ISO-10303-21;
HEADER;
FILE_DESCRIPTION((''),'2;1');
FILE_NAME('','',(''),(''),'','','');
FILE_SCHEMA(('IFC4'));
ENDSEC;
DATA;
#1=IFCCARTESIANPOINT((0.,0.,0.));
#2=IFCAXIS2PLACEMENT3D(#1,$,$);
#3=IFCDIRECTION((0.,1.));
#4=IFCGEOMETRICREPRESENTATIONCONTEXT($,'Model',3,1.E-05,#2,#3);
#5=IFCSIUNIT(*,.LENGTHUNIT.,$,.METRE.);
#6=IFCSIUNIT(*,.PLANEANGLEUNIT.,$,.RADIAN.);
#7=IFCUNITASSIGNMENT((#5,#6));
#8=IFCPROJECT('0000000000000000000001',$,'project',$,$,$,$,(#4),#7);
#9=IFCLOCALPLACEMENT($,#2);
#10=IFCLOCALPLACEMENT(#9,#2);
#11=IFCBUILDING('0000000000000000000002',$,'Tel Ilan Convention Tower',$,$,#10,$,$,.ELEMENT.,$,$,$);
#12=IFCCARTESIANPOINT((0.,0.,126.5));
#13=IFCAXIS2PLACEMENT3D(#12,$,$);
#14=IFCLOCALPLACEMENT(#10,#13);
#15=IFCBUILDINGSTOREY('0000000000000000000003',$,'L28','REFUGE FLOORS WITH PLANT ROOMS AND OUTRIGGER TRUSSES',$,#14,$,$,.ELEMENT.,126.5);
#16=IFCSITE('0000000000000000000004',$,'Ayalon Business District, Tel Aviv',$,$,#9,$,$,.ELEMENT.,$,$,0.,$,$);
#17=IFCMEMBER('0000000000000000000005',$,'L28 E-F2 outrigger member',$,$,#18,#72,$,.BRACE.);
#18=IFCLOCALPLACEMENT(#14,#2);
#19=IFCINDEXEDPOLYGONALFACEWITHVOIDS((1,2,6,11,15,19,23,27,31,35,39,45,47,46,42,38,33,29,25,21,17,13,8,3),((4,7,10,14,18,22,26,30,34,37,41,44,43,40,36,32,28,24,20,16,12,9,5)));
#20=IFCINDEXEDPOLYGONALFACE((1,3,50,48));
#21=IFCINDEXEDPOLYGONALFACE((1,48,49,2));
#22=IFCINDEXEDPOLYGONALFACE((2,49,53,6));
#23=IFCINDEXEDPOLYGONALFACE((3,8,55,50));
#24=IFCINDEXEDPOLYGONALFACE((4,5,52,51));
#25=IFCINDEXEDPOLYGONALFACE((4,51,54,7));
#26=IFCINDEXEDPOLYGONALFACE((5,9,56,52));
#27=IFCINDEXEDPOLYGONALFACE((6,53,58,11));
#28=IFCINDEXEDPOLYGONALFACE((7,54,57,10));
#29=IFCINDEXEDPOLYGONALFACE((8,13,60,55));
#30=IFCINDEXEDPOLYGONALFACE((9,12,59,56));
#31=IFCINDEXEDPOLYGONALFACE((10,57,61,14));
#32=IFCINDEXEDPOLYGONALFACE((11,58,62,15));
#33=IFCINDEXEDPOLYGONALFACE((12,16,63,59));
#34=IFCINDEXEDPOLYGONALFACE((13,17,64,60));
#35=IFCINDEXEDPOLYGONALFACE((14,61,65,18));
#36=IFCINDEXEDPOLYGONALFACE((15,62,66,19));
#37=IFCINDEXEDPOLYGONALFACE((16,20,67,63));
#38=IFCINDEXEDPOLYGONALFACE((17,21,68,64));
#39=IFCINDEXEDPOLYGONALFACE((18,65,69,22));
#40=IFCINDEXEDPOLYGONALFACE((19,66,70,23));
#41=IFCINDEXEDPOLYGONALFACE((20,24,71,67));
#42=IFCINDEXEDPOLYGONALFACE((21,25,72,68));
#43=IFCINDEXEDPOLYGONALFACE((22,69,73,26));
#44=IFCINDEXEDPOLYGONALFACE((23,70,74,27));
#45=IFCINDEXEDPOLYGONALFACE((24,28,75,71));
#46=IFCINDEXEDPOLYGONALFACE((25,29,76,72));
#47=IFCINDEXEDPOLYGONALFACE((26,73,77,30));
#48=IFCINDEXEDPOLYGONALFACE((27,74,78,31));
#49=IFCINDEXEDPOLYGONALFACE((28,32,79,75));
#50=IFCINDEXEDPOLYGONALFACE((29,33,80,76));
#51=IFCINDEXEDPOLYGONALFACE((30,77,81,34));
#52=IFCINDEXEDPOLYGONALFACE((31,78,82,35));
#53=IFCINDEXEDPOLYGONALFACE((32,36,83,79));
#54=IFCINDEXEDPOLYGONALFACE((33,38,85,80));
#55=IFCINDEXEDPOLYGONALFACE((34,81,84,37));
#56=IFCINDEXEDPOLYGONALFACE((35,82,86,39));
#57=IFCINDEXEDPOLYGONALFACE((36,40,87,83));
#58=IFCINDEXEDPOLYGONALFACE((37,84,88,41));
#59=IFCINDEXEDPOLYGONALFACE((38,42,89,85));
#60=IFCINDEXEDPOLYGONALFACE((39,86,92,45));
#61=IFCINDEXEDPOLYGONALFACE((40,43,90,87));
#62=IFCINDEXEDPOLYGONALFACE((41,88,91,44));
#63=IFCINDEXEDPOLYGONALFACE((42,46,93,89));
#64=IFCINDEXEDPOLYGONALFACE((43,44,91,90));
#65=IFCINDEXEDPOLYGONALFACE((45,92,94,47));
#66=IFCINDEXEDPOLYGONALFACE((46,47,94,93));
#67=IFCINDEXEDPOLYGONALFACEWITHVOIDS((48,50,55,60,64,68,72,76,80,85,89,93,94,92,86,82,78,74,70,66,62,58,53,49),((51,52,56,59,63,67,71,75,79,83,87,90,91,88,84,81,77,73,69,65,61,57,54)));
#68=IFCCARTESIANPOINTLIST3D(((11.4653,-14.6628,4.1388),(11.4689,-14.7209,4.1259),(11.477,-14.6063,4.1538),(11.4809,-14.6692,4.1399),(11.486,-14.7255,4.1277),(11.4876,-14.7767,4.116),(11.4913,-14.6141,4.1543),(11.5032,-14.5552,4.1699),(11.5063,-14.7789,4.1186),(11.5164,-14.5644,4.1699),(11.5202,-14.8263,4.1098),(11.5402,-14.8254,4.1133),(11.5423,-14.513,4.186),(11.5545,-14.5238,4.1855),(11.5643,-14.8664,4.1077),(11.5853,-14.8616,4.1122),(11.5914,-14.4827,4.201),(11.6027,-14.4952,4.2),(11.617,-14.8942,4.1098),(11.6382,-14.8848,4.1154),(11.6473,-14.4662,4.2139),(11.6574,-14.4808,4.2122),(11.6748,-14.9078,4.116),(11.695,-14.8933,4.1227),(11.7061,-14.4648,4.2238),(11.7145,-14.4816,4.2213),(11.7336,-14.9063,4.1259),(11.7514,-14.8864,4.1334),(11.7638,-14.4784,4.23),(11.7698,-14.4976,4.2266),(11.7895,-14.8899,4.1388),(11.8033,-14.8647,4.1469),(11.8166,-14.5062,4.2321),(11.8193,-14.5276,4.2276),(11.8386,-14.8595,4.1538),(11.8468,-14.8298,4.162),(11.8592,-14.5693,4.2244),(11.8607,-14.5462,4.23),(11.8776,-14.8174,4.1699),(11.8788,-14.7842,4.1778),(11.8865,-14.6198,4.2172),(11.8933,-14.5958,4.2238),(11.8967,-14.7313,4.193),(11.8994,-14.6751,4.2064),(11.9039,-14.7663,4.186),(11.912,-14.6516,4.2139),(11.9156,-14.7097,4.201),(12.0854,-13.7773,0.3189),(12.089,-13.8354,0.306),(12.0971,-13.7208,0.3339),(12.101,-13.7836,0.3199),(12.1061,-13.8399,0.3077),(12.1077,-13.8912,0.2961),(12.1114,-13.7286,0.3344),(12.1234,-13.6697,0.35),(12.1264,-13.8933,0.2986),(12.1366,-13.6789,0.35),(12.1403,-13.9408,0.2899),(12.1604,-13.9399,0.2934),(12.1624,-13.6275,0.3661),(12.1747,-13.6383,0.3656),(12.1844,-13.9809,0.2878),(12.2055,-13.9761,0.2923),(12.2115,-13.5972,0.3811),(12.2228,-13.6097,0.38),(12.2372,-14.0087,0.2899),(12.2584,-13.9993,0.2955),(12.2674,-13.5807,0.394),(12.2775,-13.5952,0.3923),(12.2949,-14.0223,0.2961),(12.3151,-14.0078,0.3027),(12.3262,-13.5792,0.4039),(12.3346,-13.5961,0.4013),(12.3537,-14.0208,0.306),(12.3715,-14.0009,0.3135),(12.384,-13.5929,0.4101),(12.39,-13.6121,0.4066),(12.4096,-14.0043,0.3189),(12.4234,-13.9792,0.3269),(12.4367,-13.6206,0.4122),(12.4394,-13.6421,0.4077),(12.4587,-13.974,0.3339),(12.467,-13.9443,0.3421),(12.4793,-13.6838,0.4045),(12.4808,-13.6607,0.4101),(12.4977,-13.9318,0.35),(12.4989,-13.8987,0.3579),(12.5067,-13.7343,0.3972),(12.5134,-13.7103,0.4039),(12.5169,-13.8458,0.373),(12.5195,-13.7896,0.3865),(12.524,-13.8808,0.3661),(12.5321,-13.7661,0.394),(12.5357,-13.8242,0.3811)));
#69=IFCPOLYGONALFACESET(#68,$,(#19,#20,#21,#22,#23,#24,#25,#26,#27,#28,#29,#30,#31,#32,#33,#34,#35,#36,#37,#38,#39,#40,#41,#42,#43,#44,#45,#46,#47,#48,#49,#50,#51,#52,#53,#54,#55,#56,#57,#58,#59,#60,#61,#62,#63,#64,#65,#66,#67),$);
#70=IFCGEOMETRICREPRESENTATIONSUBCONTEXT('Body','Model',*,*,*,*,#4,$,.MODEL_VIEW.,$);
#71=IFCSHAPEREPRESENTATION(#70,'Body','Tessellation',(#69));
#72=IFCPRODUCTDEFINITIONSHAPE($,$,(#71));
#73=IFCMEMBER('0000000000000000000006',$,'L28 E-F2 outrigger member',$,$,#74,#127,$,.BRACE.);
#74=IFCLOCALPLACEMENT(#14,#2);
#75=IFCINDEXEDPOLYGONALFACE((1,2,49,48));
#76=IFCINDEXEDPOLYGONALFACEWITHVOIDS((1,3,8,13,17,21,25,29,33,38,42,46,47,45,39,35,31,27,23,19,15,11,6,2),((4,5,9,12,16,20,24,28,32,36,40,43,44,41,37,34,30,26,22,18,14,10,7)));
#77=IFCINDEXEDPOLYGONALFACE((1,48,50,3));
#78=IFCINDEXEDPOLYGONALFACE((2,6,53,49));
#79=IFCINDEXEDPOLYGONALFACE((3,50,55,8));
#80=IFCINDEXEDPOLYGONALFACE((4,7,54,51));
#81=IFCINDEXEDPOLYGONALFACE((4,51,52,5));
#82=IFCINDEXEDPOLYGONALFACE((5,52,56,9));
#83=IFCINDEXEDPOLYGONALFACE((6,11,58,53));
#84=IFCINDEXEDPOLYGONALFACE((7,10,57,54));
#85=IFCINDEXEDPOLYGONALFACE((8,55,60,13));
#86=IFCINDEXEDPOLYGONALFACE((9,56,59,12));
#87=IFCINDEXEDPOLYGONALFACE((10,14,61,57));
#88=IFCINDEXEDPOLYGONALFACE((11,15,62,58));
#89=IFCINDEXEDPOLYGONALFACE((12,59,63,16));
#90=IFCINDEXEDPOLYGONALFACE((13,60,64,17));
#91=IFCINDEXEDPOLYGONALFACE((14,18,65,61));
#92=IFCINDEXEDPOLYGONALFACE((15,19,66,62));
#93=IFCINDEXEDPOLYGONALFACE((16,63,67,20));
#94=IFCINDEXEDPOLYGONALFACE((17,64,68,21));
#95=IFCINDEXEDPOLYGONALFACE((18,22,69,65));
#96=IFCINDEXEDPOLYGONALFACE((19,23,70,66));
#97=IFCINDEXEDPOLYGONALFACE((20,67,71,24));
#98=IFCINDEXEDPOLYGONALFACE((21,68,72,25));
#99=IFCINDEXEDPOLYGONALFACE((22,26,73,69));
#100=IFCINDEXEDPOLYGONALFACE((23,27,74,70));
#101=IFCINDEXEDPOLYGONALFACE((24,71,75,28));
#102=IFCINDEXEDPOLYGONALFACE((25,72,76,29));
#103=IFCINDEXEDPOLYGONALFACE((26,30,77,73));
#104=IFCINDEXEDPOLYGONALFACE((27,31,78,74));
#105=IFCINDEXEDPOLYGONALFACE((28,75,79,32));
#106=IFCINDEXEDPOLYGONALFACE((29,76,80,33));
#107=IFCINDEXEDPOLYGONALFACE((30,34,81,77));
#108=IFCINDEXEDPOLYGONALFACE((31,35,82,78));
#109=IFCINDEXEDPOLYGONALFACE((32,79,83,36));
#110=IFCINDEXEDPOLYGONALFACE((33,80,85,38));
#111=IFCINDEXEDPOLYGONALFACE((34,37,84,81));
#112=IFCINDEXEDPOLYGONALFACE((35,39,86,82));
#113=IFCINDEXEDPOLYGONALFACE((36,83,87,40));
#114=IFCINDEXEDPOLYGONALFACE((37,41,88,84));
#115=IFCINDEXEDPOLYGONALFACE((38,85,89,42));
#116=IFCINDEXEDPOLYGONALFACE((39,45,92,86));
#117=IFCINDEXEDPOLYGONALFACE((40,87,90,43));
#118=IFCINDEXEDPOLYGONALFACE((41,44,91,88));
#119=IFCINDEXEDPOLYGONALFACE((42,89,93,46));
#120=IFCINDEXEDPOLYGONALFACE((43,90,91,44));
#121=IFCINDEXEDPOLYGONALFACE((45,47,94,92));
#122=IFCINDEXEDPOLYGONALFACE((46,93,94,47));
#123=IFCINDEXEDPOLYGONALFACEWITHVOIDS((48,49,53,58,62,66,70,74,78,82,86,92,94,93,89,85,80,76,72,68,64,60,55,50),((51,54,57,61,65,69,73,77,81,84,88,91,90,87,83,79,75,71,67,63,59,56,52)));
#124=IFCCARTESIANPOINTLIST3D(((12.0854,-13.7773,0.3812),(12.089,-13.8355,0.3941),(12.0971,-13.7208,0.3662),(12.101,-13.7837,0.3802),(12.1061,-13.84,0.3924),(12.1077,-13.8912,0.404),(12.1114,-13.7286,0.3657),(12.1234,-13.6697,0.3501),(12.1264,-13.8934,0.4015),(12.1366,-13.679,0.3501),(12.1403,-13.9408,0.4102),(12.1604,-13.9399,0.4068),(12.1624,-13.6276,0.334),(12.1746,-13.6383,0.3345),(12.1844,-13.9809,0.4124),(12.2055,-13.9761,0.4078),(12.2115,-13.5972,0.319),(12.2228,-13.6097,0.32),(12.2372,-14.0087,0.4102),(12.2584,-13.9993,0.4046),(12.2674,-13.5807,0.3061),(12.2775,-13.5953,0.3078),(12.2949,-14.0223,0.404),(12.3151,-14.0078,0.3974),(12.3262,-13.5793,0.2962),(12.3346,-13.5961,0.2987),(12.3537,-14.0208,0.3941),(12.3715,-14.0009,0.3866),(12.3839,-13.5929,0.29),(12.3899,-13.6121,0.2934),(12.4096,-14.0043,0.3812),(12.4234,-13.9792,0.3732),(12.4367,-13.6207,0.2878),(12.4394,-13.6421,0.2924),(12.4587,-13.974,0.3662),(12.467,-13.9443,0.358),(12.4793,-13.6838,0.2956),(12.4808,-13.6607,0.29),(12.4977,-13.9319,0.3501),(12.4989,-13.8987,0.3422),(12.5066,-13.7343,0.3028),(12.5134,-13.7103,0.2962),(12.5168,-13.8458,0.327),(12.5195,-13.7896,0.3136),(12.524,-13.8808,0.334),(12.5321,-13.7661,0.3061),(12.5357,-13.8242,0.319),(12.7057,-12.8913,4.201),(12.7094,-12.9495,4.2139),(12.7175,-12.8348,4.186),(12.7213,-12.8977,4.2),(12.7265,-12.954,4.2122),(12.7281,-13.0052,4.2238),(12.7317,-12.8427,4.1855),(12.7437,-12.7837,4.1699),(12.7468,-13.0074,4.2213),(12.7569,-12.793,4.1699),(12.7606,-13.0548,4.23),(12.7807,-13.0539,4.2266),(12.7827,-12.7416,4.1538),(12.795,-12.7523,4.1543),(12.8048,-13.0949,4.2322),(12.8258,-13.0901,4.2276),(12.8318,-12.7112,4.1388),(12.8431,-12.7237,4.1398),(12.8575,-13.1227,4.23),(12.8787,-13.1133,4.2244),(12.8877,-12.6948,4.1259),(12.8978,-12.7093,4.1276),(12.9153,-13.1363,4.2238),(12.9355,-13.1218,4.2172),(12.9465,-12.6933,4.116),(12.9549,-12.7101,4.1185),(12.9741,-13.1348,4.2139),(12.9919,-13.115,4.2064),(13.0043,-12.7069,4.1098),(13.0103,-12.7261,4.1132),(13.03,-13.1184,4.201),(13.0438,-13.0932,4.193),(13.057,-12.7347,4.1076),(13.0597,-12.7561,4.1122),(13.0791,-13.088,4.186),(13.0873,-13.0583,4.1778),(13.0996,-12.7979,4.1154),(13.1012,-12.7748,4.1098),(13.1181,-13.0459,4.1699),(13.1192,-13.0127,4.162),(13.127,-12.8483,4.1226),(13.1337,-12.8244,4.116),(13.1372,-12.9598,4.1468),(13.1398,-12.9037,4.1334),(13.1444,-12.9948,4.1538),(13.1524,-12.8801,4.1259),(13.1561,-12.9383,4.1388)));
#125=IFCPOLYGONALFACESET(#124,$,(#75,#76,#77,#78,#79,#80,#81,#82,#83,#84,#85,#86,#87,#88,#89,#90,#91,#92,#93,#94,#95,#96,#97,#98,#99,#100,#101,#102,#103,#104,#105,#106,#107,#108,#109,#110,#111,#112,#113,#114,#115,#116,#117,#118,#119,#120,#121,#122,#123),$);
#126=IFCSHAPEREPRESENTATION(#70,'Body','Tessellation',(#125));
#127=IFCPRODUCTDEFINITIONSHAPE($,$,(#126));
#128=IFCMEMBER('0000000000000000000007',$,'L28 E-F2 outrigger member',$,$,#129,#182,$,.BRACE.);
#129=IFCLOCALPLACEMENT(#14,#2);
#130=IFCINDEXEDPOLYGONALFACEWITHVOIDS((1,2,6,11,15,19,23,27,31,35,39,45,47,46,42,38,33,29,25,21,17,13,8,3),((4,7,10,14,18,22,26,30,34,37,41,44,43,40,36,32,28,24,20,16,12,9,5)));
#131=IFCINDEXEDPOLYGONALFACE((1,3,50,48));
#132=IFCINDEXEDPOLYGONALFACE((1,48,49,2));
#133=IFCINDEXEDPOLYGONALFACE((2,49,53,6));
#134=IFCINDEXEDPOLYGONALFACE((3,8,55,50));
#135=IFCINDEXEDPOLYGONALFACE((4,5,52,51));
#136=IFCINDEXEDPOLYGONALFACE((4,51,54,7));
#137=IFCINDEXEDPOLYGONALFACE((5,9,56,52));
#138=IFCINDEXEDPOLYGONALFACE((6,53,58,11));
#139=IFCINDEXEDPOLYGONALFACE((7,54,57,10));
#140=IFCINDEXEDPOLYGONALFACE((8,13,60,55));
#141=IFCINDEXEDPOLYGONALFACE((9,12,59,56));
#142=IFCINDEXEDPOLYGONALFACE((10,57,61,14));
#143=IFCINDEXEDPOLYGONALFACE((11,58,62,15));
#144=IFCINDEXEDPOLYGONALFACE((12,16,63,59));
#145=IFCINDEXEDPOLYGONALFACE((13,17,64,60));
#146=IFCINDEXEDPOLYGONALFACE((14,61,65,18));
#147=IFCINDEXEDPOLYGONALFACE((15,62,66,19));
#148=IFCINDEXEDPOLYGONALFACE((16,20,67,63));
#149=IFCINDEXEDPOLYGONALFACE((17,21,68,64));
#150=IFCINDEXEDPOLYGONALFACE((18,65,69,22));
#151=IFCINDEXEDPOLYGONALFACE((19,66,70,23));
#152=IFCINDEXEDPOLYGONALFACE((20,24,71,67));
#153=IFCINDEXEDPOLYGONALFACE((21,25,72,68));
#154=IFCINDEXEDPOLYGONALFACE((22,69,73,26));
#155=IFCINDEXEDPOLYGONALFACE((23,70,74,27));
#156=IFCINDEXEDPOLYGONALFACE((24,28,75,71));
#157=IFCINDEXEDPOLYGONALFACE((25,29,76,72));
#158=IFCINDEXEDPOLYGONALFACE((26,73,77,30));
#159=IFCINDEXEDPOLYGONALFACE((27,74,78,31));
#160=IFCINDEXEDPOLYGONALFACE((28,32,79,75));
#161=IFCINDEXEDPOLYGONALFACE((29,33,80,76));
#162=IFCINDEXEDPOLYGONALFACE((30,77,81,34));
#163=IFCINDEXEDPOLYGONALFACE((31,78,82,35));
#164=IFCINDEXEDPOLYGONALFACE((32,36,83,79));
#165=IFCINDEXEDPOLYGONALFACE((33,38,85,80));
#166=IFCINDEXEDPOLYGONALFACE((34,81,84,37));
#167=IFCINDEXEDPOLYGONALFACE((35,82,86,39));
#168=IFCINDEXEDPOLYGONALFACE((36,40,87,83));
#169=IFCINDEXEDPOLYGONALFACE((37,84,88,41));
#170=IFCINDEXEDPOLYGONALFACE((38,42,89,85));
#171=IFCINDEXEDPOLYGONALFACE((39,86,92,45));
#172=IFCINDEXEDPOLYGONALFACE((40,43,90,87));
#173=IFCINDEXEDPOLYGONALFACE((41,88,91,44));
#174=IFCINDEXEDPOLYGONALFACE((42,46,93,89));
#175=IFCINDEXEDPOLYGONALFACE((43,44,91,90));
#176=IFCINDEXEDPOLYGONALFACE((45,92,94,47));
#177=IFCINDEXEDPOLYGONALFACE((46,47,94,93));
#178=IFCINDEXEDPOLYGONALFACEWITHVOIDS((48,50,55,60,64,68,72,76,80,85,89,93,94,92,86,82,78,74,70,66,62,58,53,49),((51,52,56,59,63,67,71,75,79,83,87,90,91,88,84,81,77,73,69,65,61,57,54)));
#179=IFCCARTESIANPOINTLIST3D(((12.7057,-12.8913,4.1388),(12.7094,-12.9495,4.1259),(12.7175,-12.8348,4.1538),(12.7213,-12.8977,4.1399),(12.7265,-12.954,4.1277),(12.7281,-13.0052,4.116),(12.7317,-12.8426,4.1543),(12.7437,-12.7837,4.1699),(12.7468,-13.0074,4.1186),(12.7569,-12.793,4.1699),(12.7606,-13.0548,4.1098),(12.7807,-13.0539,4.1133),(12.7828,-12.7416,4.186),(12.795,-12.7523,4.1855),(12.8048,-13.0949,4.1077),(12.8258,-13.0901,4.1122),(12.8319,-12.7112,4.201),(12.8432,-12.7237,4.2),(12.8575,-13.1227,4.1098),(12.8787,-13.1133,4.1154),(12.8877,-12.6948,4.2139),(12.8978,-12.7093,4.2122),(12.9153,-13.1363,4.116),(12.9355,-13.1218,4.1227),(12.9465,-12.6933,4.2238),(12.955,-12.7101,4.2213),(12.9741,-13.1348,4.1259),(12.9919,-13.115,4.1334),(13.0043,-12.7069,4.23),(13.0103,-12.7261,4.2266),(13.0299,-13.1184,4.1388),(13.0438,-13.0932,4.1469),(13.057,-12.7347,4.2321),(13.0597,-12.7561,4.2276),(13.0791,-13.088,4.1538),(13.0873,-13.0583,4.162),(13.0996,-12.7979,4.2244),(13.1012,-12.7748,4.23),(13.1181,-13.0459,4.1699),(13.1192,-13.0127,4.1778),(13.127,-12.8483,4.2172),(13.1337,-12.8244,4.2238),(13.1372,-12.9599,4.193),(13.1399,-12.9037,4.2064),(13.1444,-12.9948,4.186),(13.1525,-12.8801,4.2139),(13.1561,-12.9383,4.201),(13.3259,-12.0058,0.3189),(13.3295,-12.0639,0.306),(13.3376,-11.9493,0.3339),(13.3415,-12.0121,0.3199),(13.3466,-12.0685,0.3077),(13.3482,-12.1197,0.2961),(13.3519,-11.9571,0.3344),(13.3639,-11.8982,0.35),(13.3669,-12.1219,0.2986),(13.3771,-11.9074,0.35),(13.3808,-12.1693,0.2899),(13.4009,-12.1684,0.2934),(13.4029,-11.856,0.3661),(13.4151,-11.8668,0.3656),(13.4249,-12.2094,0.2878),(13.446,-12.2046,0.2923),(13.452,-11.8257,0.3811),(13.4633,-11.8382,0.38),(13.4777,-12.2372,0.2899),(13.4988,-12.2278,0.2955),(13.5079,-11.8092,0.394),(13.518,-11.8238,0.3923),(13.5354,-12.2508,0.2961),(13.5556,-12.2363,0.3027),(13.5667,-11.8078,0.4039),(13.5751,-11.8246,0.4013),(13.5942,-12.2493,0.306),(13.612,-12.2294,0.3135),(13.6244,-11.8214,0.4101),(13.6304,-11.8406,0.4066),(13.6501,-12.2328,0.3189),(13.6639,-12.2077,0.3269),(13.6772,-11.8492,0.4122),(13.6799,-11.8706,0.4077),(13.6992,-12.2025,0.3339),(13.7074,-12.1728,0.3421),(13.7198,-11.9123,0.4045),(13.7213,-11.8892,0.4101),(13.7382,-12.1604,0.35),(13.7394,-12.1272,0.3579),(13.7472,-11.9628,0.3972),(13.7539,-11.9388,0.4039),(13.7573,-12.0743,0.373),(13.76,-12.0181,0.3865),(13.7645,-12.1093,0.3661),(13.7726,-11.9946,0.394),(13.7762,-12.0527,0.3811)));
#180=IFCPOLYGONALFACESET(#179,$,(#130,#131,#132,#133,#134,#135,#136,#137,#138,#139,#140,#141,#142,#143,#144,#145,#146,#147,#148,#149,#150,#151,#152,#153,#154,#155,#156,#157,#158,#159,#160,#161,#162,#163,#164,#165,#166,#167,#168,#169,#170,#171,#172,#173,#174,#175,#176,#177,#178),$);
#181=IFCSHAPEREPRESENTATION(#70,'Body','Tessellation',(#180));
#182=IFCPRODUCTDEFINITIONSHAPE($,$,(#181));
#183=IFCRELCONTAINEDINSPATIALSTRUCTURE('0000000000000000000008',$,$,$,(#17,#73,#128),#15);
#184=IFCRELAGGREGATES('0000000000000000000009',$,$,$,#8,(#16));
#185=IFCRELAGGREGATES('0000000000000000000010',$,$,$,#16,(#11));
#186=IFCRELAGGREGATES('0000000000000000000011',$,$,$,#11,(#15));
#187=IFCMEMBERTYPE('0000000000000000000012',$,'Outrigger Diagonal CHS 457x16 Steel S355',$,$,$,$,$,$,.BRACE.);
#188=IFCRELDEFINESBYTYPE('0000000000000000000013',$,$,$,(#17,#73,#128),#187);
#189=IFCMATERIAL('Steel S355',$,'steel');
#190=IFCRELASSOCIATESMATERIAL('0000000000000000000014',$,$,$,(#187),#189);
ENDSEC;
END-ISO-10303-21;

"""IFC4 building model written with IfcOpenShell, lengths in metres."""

from ifc_helpers import new_model, si_unit, direction, frame, origin, origin_2d, place, context, subcontext, project, spatial, hollow_circle, extrude, material, material_profile, profile_set, type_object, element, save


model = new_model("IFC4")

# Units and contexts
model_context = context("Model", 3, precision=1e-05, world=origin(), true_north=direction((0.0, 1.0)))
body_context = subcontext(model_context, "Body", "Model", "MODEL_VIEW")
ifc_project = project(units=[si_unit("LENGTHUNIT", "METRE"), si_unit("PLANEANGLEUNIT", "RADIAN")], contexts=[model_context])

# Site, building, storey
site_placement = place(None, origin())
site = spatial("IfcSite", under=ifc_project, at=site_placement, Name="Ayalon Business District, Tel Aviv", CompositionType="ELEMENT", RefElevation=0.0)
building_placement = place(site_placement, origin())
building = spatial("IfcBuilding", under=site, at=building_placement, Name="Tel Ilan Convention Tower", CompositionType="ELEMENT")
storey_placement = place(building_placement, frame((0.0, 0.0, 126.5)))
storey = spatial("IfcBuildingStorey", under=building, at=storey_placement, Name="L28", Description="REFUGE FLOORS WITH PLANT ROOMS AND OUTRIGGER TRUSSES", CompositionType="ELEMENT", Elevation=126.5)

# Members
ifc_material_1 = material(Name="Steel S355", Category="steel")
ifc_material_profile_1 = material_profile(ifc_material_1, hollow_circle(Radius=0.2285, WallThickness=0.0161, at=origin_2d()), Name="CHS 457x16")
ifc_profile_set_1 = profile_set([ifc_material_profile_1], Name="Steel S355")
member_type_1 = type_object("IfcMemberType", Name="Outrigger Diagonal CHS 457x16 Steel S355", PredefinedType="BRACE", material=ifc_profile_set_1)
for number, where, z_axis, x_axis, name in (
    (1, (11.6904, -14.6863, 4.1699), (0.156207, 0.223056, -0.962209), (-0.819115, 0.573629, 0.0), "L28 E-F2 outrigger member"),
    (2, (12.3105, -13.8008, 0.3501), (0.156262, 0.223171, 0.962173), (-0.819158, 0.573568, 0.0), "L28 E-F2 outrigger member"),
    (3, (12.9309, -12.9148, 4.1699), (0.156207, 0.223056, -0.962209), (-0.819115, 0.573629, 0.0), "L28 E-F2 outrigger member"),
):
    element("IfcMember", number, at=place(storey_placement, frame(where, z_axis=z_axis, x_axis=x_axis)), inside=storey, type_object=member_type_1, Name=name, PredefinedType="BRACE", context=body_context, shape_type="SweptSolid", body=[
        extrude(hollow_circle(Radius=0.2285, WallThickness=0.0161, at=origin_2d()), origin(), (0.0, 0.0, 1.0), 3.97),
    ])

save(model, "model.ifc")
